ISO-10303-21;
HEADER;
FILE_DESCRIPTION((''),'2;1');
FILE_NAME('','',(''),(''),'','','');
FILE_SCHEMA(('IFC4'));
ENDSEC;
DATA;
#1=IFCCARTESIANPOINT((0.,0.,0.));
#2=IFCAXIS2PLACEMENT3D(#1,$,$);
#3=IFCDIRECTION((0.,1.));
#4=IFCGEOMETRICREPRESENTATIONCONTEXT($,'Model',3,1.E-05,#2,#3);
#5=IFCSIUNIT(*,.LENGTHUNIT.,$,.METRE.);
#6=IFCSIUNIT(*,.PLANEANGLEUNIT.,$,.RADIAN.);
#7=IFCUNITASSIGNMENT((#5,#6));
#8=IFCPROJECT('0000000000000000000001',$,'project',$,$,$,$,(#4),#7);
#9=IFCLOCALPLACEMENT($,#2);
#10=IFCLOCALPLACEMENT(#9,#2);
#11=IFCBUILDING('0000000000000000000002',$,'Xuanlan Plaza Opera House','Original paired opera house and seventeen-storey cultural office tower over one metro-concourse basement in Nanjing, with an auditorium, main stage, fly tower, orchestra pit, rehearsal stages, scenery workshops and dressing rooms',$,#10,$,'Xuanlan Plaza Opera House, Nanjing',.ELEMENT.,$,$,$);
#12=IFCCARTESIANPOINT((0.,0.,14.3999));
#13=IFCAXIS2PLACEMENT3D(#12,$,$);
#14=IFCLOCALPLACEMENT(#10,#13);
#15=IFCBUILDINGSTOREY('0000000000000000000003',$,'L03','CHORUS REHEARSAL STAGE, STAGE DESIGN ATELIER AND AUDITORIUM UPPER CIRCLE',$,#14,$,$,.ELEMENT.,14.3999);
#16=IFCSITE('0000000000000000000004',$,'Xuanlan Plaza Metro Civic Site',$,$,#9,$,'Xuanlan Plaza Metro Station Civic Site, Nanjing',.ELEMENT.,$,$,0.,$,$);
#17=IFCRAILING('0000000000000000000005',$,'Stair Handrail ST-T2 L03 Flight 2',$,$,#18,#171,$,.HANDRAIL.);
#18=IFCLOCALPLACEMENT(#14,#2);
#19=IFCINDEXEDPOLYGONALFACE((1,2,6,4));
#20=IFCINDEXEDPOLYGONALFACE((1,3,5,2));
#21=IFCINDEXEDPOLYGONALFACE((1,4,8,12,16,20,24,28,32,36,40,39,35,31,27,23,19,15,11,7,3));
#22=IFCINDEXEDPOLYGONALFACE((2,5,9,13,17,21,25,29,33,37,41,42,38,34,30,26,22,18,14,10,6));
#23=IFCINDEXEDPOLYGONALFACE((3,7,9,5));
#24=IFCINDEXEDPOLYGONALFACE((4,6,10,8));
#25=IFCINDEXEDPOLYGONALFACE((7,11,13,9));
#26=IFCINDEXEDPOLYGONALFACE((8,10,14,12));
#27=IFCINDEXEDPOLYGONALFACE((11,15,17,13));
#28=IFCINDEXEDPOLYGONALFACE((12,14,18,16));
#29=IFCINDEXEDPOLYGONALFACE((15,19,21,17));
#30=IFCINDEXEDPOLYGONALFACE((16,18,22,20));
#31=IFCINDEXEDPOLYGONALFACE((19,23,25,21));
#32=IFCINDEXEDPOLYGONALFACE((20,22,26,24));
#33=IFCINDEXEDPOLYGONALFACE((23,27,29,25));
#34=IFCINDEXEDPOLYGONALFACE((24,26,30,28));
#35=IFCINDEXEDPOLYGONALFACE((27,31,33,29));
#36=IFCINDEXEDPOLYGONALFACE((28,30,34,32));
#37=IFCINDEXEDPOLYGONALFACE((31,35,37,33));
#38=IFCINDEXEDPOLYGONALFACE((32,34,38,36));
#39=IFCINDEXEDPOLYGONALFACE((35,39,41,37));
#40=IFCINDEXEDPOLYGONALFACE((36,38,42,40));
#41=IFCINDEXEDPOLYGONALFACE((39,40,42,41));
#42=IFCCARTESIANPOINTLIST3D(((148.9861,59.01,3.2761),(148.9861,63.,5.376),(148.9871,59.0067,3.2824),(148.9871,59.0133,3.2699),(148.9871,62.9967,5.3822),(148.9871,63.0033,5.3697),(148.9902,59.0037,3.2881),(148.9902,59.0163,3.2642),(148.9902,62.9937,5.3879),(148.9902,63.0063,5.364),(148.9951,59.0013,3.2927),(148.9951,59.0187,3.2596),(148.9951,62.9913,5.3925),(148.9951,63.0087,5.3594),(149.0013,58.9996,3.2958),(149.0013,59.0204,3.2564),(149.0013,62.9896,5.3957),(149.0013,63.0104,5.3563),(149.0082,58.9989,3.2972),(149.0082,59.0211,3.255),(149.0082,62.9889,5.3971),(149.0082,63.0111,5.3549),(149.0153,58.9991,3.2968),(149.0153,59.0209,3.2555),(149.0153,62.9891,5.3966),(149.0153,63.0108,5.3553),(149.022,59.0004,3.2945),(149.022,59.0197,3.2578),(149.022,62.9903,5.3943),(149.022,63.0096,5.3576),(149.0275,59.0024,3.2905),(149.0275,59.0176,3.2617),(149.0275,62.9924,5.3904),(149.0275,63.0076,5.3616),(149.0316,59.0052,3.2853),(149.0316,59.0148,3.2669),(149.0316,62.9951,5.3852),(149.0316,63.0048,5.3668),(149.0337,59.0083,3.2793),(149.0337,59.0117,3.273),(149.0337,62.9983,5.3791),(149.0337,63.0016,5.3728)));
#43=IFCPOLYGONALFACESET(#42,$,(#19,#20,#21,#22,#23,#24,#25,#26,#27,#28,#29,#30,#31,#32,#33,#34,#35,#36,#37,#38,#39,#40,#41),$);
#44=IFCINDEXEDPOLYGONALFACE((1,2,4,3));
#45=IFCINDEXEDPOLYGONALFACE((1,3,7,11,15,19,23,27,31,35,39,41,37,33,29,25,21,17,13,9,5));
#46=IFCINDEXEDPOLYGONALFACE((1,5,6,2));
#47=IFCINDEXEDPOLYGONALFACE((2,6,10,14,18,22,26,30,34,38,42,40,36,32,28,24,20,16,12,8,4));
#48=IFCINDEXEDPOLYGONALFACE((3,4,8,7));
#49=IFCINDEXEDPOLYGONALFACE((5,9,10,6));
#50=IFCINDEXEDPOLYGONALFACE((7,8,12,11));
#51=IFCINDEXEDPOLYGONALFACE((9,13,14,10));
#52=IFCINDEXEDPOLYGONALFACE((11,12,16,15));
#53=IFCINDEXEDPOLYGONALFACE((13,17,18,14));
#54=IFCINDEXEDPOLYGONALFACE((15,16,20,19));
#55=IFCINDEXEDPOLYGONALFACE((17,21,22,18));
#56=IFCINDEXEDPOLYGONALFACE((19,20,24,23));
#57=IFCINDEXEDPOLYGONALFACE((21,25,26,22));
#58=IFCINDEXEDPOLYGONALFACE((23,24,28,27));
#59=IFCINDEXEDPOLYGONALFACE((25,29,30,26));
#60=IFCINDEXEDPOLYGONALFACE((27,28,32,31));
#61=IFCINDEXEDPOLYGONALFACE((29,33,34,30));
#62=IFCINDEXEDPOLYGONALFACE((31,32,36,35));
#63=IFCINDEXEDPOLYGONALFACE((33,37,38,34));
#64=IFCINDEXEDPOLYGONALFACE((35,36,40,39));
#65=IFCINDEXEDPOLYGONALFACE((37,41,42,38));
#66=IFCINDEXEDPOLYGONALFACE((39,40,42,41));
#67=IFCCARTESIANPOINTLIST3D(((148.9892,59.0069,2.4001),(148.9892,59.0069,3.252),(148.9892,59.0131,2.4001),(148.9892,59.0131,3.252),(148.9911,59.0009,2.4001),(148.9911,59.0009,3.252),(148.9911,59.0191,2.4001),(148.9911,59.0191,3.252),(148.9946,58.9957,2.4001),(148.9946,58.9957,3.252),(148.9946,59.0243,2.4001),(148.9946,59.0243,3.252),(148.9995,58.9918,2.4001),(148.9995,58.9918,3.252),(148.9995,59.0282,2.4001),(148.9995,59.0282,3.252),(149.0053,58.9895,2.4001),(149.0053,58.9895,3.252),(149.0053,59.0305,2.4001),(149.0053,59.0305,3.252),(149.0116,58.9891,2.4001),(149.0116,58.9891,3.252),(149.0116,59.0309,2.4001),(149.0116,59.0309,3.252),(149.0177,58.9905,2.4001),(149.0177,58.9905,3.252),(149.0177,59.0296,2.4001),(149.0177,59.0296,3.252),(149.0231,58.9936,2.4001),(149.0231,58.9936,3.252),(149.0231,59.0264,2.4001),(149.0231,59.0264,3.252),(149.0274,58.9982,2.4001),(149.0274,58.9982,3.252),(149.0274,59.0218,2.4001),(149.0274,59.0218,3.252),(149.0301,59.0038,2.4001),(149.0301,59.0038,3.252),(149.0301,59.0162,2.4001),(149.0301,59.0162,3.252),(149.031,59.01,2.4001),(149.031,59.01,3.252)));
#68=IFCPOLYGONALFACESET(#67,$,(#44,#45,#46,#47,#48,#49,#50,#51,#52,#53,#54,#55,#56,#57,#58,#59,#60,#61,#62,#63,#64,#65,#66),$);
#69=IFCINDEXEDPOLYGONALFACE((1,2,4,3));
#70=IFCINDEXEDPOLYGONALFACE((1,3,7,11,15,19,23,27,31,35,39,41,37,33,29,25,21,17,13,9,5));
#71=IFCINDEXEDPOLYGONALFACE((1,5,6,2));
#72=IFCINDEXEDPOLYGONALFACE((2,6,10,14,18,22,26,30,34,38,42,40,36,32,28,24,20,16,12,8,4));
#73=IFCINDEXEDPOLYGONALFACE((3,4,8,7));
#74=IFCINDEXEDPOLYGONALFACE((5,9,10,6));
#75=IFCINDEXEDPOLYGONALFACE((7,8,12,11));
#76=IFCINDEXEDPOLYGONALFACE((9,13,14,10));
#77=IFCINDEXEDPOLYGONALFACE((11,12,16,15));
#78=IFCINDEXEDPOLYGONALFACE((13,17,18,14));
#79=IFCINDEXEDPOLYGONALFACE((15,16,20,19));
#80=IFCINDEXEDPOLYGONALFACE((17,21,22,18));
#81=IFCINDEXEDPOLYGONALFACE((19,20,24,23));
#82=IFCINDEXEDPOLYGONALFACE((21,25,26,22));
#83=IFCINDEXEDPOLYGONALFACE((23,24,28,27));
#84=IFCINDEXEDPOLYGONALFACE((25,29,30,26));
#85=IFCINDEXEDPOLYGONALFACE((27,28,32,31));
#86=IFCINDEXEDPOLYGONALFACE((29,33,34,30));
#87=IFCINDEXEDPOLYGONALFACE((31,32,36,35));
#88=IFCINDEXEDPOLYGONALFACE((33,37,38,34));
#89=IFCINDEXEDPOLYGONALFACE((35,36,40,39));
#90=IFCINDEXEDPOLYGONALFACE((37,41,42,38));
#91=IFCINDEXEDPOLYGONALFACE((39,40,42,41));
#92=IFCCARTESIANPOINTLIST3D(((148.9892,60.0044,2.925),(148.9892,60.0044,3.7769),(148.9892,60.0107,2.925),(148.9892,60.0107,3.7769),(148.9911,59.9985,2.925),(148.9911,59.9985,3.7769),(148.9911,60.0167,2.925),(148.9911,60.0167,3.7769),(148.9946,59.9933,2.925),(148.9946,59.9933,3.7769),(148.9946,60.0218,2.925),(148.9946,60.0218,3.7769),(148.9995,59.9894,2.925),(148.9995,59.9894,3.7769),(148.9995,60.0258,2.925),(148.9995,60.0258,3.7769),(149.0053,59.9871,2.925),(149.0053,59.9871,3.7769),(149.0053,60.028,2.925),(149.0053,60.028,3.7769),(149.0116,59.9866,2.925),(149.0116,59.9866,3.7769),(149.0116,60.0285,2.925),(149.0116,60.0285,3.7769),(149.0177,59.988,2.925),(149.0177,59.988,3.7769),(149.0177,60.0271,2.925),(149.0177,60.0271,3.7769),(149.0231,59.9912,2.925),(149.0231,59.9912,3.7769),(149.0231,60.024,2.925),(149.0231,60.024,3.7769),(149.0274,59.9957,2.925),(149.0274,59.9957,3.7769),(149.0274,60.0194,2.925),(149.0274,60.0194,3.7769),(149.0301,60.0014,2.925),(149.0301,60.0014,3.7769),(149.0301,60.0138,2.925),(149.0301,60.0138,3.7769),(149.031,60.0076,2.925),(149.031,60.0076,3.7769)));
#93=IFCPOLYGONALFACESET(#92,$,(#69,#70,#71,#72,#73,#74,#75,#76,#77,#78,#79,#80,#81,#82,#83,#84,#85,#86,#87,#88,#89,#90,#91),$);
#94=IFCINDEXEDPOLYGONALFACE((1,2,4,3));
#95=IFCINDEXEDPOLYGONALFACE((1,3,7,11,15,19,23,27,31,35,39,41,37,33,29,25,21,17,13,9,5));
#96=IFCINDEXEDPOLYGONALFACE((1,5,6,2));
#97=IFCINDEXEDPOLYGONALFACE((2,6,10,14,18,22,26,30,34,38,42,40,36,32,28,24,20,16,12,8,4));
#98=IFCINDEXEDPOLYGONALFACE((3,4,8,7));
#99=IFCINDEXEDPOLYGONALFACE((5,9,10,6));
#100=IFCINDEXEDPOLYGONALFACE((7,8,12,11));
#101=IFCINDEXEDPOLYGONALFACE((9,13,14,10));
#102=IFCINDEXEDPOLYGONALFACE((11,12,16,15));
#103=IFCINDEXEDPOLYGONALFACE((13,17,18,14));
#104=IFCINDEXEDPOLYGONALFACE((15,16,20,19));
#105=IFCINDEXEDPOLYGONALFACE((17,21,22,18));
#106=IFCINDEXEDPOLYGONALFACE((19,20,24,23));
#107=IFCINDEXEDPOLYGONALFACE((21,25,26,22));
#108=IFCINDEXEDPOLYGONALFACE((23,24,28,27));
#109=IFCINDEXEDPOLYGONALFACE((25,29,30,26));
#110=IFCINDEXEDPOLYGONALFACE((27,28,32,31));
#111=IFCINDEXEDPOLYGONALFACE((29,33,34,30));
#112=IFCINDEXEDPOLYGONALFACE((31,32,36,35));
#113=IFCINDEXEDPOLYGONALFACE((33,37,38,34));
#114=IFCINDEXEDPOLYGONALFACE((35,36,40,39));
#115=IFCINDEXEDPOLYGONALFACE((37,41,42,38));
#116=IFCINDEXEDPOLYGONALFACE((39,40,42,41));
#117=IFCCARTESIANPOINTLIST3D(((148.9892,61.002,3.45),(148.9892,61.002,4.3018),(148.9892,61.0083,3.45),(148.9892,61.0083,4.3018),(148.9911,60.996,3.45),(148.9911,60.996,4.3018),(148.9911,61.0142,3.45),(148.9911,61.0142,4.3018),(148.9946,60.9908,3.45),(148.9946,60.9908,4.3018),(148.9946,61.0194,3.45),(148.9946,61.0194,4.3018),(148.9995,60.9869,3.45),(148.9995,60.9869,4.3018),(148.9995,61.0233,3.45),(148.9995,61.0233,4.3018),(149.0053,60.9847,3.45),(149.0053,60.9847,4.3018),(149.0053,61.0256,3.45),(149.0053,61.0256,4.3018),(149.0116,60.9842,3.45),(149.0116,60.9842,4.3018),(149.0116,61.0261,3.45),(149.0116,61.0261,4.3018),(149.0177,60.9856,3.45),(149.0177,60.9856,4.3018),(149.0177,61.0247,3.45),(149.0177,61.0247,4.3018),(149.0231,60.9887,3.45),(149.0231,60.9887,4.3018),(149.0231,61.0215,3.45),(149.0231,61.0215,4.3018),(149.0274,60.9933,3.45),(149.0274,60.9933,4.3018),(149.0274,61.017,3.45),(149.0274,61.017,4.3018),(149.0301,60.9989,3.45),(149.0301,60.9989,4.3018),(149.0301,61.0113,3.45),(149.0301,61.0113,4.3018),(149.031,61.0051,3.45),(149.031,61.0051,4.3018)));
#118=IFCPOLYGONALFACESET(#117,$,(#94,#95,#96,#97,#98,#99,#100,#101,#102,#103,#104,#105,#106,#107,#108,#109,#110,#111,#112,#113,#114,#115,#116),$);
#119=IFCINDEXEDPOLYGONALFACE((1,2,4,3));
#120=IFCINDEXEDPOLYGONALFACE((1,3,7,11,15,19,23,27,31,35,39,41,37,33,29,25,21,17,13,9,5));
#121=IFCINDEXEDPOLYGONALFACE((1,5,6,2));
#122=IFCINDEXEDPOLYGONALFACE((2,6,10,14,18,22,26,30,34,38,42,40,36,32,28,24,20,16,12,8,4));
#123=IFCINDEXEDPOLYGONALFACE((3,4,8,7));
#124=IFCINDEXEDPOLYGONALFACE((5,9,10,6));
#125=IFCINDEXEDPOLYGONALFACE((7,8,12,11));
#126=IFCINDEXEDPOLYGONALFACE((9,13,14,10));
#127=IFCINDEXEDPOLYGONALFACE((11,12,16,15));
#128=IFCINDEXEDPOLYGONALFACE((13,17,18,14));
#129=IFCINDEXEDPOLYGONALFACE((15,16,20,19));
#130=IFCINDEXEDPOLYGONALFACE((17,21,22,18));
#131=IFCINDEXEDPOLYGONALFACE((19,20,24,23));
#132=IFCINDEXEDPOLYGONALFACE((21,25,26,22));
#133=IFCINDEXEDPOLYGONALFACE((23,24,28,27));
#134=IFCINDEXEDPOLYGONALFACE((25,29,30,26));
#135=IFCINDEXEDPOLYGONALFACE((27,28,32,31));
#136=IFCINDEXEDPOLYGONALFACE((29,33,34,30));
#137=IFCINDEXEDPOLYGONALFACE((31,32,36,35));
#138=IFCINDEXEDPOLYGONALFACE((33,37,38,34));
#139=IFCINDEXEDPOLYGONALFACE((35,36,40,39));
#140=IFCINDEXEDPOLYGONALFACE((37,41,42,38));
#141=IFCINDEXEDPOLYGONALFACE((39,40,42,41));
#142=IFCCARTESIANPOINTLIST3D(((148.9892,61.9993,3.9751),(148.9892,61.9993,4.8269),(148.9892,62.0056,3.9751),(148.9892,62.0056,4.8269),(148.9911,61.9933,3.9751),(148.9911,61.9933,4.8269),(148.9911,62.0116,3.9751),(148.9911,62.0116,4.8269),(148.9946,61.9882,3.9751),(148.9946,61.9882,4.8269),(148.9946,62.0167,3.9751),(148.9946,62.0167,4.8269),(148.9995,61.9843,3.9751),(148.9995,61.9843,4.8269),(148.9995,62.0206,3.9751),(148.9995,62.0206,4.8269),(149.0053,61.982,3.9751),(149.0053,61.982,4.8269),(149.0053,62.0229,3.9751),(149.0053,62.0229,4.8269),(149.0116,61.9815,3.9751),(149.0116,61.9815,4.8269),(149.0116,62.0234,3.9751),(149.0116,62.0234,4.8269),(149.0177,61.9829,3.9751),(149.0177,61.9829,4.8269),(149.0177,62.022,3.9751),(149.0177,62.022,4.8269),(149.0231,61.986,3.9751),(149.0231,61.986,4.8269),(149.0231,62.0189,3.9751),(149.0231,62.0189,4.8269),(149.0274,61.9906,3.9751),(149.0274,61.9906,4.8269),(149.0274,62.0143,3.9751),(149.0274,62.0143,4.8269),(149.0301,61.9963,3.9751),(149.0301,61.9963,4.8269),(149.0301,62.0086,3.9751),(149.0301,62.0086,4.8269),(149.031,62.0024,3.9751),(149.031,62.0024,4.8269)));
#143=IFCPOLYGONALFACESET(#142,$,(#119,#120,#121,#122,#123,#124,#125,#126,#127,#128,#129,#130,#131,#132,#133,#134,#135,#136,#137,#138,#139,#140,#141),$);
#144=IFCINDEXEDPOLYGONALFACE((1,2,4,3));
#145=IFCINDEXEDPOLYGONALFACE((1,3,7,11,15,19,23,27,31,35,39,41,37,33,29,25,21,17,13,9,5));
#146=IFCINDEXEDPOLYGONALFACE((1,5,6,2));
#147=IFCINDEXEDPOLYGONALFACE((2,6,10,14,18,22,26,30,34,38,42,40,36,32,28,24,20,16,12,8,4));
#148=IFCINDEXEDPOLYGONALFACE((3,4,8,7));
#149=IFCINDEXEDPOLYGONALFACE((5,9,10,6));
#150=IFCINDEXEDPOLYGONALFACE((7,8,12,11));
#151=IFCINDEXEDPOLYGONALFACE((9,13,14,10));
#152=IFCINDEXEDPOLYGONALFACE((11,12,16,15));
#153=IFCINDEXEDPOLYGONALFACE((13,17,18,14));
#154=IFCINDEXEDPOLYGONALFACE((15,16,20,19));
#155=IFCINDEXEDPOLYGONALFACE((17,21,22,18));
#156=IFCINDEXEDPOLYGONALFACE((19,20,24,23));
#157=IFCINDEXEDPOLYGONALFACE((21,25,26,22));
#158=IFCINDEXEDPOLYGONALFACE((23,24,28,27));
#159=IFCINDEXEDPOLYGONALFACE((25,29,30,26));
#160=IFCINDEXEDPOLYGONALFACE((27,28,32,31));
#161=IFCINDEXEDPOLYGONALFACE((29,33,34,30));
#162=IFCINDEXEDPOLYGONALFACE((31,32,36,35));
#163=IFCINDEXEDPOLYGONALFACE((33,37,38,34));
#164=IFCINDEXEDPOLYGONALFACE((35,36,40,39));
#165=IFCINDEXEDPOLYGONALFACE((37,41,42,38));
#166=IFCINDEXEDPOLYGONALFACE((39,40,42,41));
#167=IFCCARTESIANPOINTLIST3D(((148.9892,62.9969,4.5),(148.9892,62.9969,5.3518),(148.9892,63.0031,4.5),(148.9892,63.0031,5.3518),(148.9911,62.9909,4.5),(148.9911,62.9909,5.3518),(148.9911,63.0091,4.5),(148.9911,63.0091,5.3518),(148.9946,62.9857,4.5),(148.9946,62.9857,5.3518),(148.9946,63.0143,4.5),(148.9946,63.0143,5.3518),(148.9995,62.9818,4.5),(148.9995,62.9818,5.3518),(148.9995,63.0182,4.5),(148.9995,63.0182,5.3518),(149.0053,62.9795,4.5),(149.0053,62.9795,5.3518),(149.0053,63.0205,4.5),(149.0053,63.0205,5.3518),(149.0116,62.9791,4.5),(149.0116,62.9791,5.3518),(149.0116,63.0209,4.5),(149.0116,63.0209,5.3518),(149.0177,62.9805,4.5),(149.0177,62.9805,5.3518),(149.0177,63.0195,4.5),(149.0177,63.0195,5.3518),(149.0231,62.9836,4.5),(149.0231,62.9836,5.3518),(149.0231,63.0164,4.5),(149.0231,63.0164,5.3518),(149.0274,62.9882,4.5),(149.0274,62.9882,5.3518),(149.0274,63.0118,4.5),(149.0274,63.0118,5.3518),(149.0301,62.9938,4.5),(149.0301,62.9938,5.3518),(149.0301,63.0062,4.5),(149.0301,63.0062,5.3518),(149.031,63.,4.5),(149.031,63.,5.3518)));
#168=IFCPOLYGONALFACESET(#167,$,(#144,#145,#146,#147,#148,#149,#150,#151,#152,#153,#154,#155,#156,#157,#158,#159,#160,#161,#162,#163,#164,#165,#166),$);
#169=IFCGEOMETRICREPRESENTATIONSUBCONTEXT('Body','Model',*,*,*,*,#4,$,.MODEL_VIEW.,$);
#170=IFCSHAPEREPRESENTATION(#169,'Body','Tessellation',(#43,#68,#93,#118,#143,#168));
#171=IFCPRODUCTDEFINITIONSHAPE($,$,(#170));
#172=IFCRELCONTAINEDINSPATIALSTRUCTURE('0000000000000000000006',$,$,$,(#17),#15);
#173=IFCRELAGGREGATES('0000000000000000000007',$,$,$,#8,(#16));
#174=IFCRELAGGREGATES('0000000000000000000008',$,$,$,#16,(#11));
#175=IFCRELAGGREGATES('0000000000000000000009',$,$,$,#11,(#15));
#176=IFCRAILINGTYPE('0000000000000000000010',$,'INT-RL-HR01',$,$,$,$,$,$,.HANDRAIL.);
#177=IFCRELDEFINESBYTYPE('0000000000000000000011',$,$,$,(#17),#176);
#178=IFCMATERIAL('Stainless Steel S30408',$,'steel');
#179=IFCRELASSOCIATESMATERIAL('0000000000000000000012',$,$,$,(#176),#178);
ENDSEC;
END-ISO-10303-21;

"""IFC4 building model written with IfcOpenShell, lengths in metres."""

from ifc_helpers import new_model, si_unit, direction, frame, origin, origin_2d, place, context, subcontext, project, spatial, circle, extrude, material, type_object, element, save


model = new_model("IFC4")

# Units and contexts
model_context = context("Model", 3, precision=1e-05, world=origin(), true_north=direction((0.0, 1.0)))
body_context = subcontext(model_context, "Body", "Model", "MODEL_VIEW")
ifc_project = project(units=[si_unit("LENGTHUNIT", "METRE"), si_unit("PLANEANGLEUNIT", "RADIAN")], contexts=[model_context])

# Site, building, storey
site_placement = place(None, origin())
site = spatial("IfcSite", under=ifc_project, at=site_placement, Name="Xuanlan Plaza Metro Civic Site", LongName="Xuanlan Plaza Metro Station Civic Site, Nanjing", CompositionType="ELEMENT", RefElevation=0.0)
building_placement = place(site_placement, origin())
building = spatial("IfcBuilding", under=site, at=building_placement, Name="Xuanlan Plaza Opera House", Description="Original paired opera house and seventeen-storey cultural office tower over one metro-concourse basement in Nanjing, with an auditorium, main stage, fly tower, orchestra pit, rehearsal stages, scenery workshops and dressing rooms", LongName="Xuanlan Plaza Opera House, Nanjing", CompositionType="ELEMENT")
storey_placement = place(building_placement, frame((0.0, 0.0, 14.3999)))
storey = spatial("IfcBuildingStorey", under=building, at=storey_placement, Name="L03", Description="CHORUS REHEARSAL STAGE, STAGE DESIGN ATELIER AND AUDITORIUM UPPER CIRCLE", CompositionType="ELEMENT", Elevation=14.3999)

# Shared definitions
ifc_material_1 = material(Name="Stainless Steel S30408", Category="steel")

# Railing
railing_type = type_object("IfcRailingType", Name="INT-RL-HR01", PredefinedType="HANDRAIL", material=ifc_material_1)
railing_placement = place(storey_placement, frame((149.01, 59.01, 2.4001)))
element("IfcRailing", 1, at=railing_placement, inside=storey, type_object=railing_type, Name="Stair Handrail ST-T2 L03 Flight 2", PredefinedType="HANDRAIL", context=body_context, shape_type="SweptSolid", body=[
    extrude(circle(Radius=0.0239, at=origin_2d()), frame((0.0, 0.0, 0.876), z_axis=(0.0, 0.884931, 0.465722), x_axis=(-1.0, 0.0, 0.0)), (0.0, 0.0, 1.0), 4.5088),
    extrude(circle(Radius=0.021, at=origin_2d()), origin(), (0.0, 0.0, 1.0), 0.8518),
    extrude(circle(Radius=0.021, at=origin_2d()), frame((0.0, 0.9976, 0.5249)), (0.0, 0.0, 1.0), 0.8518),
    extrude(circle(Radius=0.021, at=origin_2d()), frame((0.0, 1.9951, 1.0498)), (0.0, 0.0, 1.0), 0.8518),
    extrude(circle(Radius=0.021, at=origin_2d()), frame((0.0, 2.9924, 1.575)), (0.0, 0.0, 1.0), 0.8518),
    extrude(circle(Radius=0.021, at=origin_2d()), frame((0.0, 3.99, 2.0999)), (0.0, 0.0, 1.0), 0.8518),
])

save(model, "model.ifc")
